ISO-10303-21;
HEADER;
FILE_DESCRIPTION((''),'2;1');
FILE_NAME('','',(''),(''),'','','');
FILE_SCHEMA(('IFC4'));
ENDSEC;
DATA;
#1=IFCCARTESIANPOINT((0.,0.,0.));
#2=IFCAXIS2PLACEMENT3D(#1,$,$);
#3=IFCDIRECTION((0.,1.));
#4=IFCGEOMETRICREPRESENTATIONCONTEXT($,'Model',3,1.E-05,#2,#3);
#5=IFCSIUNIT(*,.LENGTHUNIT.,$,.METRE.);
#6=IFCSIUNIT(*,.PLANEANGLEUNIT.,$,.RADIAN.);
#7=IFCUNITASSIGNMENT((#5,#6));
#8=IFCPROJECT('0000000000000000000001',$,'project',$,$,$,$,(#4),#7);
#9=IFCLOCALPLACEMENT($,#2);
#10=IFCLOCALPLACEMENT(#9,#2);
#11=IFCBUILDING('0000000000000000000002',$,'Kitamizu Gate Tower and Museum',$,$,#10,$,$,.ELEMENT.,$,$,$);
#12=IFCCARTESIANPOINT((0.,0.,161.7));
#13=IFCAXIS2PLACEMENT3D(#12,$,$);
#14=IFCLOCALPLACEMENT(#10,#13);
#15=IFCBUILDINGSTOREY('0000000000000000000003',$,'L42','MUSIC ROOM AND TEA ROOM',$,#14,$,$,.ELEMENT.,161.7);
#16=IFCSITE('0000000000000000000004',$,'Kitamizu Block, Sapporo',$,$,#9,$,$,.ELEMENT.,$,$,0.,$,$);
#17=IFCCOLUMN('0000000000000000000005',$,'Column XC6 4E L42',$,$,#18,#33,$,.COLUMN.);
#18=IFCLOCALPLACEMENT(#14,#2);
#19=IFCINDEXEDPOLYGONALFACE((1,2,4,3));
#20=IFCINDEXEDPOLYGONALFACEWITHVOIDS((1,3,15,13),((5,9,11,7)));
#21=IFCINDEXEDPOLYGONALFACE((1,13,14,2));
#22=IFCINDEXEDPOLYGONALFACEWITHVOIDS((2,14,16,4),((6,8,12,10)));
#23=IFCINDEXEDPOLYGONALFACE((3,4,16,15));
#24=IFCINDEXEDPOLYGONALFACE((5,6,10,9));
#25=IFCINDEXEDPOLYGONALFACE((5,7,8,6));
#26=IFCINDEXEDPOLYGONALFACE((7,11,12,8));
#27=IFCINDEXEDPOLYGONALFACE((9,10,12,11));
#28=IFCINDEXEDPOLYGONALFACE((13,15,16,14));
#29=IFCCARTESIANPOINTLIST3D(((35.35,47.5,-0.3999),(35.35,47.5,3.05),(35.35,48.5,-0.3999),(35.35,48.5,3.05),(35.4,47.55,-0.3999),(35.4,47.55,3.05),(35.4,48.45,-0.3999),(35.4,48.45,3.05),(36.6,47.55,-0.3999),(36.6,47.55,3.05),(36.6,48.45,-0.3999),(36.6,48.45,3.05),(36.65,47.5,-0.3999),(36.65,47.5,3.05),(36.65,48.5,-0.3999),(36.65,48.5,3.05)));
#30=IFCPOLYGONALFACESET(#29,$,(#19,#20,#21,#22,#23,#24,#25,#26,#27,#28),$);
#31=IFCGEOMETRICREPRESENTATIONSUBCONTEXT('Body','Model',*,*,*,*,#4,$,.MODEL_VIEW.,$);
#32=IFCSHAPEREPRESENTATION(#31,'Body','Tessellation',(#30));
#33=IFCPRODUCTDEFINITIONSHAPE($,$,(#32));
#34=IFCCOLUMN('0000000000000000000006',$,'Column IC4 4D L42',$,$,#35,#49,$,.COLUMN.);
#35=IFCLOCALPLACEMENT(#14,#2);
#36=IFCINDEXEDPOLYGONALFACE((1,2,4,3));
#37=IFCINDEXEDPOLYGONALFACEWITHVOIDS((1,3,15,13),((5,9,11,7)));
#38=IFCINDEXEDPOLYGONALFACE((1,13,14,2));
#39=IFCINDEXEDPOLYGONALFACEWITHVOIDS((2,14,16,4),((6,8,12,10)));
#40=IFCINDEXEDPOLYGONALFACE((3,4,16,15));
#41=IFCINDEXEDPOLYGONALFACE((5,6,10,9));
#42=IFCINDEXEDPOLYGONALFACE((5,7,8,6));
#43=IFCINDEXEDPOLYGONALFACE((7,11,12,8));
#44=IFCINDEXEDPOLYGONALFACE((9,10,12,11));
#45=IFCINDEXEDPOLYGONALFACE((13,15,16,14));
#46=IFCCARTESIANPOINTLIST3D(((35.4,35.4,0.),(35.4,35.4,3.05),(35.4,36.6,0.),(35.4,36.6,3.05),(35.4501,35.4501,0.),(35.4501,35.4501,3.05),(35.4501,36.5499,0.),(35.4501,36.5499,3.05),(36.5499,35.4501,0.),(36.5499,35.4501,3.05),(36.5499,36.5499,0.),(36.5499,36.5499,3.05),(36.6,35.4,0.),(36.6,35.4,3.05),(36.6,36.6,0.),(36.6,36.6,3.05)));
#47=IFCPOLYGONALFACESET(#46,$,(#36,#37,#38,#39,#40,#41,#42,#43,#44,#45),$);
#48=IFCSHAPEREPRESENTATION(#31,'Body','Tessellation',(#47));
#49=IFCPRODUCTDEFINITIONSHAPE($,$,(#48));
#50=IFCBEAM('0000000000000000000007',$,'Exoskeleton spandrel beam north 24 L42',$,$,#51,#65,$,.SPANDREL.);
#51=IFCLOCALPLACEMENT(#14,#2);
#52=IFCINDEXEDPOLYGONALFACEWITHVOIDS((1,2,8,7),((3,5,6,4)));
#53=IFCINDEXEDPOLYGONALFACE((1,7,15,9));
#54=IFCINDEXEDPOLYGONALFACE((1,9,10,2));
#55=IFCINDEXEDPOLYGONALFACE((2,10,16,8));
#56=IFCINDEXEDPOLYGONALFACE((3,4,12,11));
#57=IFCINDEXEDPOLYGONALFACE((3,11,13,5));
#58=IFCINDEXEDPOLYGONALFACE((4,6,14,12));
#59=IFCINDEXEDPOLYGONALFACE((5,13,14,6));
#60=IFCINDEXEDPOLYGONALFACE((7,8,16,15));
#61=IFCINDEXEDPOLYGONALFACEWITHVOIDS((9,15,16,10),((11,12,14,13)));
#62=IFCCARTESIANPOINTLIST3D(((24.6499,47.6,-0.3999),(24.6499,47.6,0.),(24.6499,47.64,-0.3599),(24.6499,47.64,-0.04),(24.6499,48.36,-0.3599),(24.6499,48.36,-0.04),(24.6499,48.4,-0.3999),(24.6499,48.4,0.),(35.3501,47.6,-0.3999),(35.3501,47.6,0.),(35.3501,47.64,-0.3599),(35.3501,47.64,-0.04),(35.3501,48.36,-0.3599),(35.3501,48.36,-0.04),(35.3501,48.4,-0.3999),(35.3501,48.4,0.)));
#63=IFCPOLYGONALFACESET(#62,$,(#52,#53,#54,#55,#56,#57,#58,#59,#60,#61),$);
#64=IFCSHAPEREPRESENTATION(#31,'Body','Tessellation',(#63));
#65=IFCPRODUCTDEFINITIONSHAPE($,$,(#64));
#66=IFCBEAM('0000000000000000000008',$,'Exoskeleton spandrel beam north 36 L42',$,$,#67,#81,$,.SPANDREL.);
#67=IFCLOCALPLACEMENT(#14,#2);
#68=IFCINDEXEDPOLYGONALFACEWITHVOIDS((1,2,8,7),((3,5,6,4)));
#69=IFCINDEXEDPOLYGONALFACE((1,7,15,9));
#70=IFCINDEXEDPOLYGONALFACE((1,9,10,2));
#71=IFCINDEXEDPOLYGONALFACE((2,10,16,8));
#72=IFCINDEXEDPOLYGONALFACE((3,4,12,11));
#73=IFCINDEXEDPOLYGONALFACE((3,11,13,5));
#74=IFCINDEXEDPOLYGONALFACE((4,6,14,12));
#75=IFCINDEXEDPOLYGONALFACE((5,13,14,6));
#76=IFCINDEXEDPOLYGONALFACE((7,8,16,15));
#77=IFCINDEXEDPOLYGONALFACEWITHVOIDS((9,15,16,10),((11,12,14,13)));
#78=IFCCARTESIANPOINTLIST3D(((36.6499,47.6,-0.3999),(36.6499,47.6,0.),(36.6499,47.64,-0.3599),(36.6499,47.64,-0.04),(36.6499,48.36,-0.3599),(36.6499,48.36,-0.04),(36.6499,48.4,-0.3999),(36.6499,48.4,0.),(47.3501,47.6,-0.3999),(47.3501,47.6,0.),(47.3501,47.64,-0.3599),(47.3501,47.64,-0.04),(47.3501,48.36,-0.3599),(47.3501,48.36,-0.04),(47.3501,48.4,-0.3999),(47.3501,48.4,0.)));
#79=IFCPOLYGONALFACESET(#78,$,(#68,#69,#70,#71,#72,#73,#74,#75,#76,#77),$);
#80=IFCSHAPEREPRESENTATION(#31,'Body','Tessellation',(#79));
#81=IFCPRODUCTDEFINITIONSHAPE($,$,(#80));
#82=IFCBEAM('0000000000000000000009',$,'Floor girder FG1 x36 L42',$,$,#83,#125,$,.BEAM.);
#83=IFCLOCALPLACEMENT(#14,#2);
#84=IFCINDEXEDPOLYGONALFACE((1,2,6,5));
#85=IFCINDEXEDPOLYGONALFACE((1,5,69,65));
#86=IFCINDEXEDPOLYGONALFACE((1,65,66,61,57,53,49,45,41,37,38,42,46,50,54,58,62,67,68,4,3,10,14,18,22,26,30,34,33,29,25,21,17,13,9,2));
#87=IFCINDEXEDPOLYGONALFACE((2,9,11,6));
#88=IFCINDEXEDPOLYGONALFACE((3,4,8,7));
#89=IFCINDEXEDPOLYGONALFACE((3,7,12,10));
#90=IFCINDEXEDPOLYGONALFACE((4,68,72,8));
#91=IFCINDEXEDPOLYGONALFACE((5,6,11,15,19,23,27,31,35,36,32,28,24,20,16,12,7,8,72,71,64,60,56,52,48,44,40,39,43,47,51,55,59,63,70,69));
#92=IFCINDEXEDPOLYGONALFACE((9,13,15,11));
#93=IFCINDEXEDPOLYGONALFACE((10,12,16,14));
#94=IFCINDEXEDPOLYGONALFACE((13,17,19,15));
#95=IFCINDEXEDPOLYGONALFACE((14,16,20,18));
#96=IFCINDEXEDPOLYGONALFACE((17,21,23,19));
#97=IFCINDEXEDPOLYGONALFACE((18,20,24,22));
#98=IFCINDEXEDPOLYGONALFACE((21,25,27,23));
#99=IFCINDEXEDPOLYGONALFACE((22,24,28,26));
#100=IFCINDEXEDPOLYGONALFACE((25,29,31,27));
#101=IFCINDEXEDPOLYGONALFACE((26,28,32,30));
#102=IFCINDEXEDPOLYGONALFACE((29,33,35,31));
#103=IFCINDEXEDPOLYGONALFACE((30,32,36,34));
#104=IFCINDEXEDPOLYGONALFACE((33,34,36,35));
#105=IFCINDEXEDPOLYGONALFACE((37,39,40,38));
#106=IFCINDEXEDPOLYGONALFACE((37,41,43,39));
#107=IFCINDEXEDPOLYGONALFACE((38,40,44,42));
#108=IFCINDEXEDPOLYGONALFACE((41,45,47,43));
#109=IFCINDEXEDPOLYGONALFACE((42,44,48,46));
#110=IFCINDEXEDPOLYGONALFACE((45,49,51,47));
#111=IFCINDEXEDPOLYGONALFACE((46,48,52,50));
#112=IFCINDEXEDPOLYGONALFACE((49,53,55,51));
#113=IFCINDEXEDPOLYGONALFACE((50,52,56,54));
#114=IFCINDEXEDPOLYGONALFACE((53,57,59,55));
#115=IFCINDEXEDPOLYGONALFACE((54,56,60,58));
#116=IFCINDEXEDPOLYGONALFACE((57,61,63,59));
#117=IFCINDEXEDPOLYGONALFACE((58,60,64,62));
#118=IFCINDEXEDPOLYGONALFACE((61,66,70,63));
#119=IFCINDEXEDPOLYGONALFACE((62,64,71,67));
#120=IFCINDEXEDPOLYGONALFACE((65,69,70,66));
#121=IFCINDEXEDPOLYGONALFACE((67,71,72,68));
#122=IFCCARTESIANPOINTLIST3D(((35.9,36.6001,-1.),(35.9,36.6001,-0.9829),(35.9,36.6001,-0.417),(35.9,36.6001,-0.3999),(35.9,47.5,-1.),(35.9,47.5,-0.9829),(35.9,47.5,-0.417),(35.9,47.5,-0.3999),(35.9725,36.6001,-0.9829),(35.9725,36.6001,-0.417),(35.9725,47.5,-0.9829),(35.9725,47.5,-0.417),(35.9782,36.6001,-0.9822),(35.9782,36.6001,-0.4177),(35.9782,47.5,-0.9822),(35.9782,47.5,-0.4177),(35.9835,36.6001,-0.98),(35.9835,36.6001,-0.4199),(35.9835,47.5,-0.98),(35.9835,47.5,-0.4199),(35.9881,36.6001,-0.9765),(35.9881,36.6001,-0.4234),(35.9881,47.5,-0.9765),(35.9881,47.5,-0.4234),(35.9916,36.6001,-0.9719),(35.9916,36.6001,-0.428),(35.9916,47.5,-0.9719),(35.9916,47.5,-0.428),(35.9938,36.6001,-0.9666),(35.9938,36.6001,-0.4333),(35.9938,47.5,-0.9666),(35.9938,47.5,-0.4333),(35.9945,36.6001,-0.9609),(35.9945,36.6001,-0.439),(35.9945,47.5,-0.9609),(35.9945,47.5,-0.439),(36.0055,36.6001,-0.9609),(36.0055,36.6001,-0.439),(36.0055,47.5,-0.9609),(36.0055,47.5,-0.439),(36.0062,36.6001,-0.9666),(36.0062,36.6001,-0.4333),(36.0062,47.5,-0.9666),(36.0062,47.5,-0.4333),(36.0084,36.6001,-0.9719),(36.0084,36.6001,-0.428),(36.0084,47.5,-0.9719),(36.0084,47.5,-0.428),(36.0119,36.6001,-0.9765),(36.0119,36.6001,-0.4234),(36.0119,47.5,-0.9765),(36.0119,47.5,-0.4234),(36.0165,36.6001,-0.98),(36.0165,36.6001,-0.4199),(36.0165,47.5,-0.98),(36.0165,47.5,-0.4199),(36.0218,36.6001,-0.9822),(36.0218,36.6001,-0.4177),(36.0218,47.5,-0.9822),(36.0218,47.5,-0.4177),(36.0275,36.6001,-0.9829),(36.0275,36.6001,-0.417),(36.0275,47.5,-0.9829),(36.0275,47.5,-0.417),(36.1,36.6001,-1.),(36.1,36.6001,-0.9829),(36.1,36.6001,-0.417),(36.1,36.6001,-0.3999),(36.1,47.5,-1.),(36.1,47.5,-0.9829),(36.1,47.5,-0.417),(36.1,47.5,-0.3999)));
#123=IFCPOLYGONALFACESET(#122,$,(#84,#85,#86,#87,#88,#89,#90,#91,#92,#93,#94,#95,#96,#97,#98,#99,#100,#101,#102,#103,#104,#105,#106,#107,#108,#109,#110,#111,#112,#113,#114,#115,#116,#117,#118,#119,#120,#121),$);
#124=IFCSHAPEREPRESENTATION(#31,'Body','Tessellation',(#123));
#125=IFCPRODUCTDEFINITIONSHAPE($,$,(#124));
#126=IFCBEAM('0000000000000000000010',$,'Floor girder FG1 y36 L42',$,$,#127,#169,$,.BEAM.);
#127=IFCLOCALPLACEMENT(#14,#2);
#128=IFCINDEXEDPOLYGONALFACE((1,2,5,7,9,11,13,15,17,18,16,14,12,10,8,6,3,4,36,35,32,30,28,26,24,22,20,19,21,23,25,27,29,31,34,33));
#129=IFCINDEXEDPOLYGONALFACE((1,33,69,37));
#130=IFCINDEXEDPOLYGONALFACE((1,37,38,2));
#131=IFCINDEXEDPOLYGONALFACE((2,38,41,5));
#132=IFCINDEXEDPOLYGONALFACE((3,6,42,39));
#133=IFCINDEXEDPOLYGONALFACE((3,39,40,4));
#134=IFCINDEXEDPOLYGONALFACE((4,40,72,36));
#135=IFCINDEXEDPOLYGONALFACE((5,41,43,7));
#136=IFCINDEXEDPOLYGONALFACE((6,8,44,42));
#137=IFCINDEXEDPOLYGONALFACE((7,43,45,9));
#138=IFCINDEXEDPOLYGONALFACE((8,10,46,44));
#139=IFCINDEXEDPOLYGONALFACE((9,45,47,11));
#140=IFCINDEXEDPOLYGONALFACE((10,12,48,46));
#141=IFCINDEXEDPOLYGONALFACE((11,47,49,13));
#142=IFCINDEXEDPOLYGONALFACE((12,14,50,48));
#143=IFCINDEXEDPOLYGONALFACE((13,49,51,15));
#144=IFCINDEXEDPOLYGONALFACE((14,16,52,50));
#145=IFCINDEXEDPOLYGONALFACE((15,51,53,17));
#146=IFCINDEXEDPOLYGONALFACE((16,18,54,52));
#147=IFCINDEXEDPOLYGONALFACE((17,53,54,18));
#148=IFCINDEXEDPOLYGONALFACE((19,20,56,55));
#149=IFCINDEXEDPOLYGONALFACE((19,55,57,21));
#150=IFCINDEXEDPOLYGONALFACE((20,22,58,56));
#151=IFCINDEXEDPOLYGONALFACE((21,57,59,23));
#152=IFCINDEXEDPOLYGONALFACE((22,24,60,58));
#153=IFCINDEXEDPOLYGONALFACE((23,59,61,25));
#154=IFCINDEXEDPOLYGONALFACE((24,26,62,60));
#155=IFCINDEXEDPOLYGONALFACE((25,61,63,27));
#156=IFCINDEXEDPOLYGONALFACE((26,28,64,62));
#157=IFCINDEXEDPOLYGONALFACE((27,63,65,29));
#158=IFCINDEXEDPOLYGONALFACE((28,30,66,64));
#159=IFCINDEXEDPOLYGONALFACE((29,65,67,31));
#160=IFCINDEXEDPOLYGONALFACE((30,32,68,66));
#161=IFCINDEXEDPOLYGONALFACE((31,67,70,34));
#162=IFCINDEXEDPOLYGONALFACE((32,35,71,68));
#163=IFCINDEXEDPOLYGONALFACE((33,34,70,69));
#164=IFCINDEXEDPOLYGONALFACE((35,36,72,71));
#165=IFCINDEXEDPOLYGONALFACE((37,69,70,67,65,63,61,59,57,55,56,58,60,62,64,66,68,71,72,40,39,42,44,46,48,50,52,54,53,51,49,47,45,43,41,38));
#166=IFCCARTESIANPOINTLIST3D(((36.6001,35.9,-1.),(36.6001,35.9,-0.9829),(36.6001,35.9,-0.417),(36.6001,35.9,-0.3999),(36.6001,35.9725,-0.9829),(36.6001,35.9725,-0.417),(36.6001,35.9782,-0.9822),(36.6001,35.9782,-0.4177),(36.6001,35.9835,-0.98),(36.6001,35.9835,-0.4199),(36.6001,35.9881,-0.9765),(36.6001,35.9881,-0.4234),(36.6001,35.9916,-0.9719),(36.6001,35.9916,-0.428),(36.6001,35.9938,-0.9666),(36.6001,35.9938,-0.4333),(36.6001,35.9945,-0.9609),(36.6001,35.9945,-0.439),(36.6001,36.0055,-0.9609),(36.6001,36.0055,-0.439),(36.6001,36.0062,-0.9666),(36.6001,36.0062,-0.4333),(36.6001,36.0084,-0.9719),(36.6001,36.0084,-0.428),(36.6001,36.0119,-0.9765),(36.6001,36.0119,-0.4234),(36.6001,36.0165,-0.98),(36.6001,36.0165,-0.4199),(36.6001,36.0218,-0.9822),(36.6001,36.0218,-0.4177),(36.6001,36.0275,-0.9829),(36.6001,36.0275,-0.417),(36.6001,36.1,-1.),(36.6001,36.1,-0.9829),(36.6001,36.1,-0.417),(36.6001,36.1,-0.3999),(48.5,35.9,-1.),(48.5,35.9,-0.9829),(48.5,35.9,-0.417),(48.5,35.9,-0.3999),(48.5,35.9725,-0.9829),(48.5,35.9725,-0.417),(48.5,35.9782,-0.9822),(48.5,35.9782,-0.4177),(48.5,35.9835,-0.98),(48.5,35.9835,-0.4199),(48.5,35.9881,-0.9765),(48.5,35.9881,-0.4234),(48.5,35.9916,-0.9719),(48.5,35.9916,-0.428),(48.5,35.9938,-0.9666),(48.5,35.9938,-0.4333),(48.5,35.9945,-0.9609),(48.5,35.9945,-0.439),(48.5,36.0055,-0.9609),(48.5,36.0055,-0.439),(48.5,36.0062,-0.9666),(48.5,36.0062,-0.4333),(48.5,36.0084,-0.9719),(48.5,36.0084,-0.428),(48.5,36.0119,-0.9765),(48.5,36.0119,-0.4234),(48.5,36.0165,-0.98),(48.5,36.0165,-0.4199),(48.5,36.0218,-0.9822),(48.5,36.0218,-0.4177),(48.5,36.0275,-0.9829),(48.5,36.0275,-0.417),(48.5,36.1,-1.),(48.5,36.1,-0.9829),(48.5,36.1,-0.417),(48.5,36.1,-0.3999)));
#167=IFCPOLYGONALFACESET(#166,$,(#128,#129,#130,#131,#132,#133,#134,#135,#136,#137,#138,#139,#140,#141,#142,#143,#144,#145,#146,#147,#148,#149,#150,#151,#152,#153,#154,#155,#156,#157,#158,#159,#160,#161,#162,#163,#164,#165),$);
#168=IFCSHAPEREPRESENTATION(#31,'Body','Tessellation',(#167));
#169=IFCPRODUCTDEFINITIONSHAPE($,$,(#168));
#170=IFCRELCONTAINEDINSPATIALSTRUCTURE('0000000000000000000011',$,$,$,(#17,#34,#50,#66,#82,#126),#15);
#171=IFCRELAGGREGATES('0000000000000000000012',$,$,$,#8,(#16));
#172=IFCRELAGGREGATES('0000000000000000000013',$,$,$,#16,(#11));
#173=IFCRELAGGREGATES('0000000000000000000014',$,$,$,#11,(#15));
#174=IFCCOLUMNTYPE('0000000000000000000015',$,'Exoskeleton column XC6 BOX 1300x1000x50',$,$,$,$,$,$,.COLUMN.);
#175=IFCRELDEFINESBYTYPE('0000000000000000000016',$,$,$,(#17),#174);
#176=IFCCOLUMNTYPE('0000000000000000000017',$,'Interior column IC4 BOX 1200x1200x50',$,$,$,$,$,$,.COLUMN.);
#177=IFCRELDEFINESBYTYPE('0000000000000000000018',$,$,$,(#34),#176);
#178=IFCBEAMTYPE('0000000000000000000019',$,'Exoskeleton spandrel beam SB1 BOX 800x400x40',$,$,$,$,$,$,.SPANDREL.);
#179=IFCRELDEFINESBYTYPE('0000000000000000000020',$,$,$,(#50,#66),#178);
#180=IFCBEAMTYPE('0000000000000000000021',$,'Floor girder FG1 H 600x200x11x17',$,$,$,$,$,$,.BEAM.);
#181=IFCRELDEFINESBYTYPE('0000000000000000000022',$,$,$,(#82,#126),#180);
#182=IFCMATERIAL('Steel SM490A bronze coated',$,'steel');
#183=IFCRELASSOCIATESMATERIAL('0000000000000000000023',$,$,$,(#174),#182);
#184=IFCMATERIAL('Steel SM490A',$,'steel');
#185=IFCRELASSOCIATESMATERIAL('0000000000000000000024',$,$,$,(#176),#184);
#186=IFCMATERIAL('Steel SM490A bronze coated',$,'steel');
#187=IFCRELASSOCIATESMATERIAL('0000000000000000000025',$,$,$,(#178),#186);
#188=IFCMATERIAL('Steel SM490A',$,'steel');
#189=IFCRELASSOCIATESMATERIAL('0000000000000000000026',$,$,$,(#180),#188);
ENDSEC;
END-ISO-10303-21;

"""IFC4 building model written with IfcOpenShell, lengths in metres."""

from ifc_helpers import new_model, si_unit, direction, frame, origin, origin_2d, place, context, subcontext, project, spatial, hollow_rectangle, i_section, extrude, material, material_profile, profile_set, type_object, element, save


model = new_model("IFC4")

# Units and contexts
model_context = context("Model", 3, precision=1e-05, world=origin(), true_north=direction((0.0, 1.0)))
body_context = subcontext(model_context, "Body", "Model", "MODEL_VIEW")
ifc_project = project(units=[si_unit("LENGTHUNIT", "METRE"), si_unit("PLANEANGLEUNIT", "RADIAN")], contexts=[model_context])

# Site, building, storey
site_placement = place(None, origin())
site = spatial("IfcSite", under=ifc_project, at=site_placement, Name="Kitamizu Block, Sapporo", CompositionType="ELEMENT", RefElevation=0.0)
building_placement = place(site_placement, origin())
building = spatial("IfcBuilding", under=site, at=building_placement, Name="Kitamizu Gate Tower and Museum", CompositionType="ELEMENT")
storey_placement = place(building_placement, frame((0.0, 0.0, 161.7)))
storey = spatial("IfcBuildingStorey", under=building, at=storey_placement, Name="L42", Description="MUSIC ROOM AND TEA ROOM", CompositionType="ELEMENT", Elevation=161.7)

# Columns
ifc_material_1 = material(Name="Steel SM490A bronze coated", Category="steel")
ifc_material_profile_1 = material_profile(ifc_material_1, hollow_rectangle(XDim=1.3, YDim=1.0, WallThickness=0.05, at=origin_2d()), Name="BOX 1300x1000x50")
ifc_profile_set_1 = profile_set([ifc_material_profile_1], Name="Steel SM490A bronze coated")
column_type_1 = type_object("IfcColumnType", Name="Exoskeleton column XC6 BOX 1300x1000x50", PredefinedType="COLUMN", material=ifc_profile_set_1)
column_1_placement = place(storey_placement, frame((36.0, 48.0, -0.3999), z_axis=(0.0, 0.0, 1.0), x_axis=(1.0, 0.0, 0.0)))
element("IfcColumn", 1, at=column_1_placement, inside=storey, type_object=column_type_1, Name="Column XC6 4E L42", PredefinedType="COLUMN", context=body_context, shape_type="SweptSolid", body=[
    extrude(hollow_rectangle(XDim=1.3, YDim=1.0, WallThickness=0.05, at=origin_2d()), origin(), (0.0, 0.0, 1.0), 3.45),
])
ifc_material_2 = material(Name="Steel SM490A", Category="steel")
ifc_material_profile_2 = material_profile(ifc_material_2, hollow_rectangle(XDim=1.2, YDim=1.2, WallThickness=0.05, at=origin_2d()), Name="BOX 1200x1200x50")
ifc_profile_set_2 = profile_set([ifc_material_profile_2], Name="Steel SM490A")
column_type_2 = type_object("IfcColumnType", Name="Interior column IC4 BOX 1200x1200x50", PredefinedType="COLUMN", material=ifc_profile_set_2)
column_2_placement = place(storey_placement, frame((36.0, 36.0, 0.0), z_axis=(0.0, 0.0, 1.0), x_axis=(1.0, 0.0, 0.0)))
element("IfcColumn", 2, at=column_2_placement, inside=storey, type_object=column_type_2, Name="Column IC4 4D L42", PredefinedType="COLUMN", context=body_context, shape_type="SweptSolid", body=[
    extrude(hollow_rectangle(XDim=1.2, YDim=1.2, WallThickness=0.05, at=origin_2d()), origin(), (0.0, 0.0, 1.0), 3.05),
])

# Beams
ifc_material_3 = material(Name="Steel SM490A bronze coated", Category="steel")
ifc_material_profile_3 = material_profile(ifc_material_3, hollow_rectangle(XDim=0.8, YDim=0.3999, WallThickness=0.04, at=origin_2d()), Name="BOX 800x400x40")
ifc_profile_set_3 = profile_set([ifc_material_profile_3], Name="Steel SM490A bronze coated")
beam_type_1 = type_object("IfcBeamType", Name="Exoskeleton spandrel beam SB1 BOX 800x400x40", PredefinedType="SPANDREL", material=ifc_profile_set_3)
for number, where, z_axis, x_axis, name in (
    (3, (24.6499, 48.0, -0.2), (1.0, 0.0, 0.0), (0.0, 1.0, 0.0), "Exoskeleton spandrel beam north 24 L42"),
    (4, (36.6499, 48.0, -0.2), (1.0, 0.0, 0.0), (0.0, 1.0, 0.0), "Exoskeleton spandrel beam north 36 L42"),
):
    element("IfcBeam", number, at=place(storey_placement, frame(where, z_axis=z_axis, x_axis=x_axis)), inside=storey, type_object=beam_type_1, Name=name, PredefinedType="SPANDREL", context=body_context, shape_type="SweptSolid", body=[
        extrude(hollow_rectangle(XDim=0.8, YDim=0.3999, WallThickness=0.04, at=origin_2d()), origin(), (0.0, 0.0, 1.0), 10.7002),
    ])
ifc_material_4 = material(Name="Steel SM490A", Category="steel")
ifc_material_profile_4 = material_profile(ifc_material_4, i_section(OverallWidth=0.2, OverallDepth=0.6001, WebThickness=0.011, FlangeThickness=0.0171, FilletRadius=0.022, at=origin_2d()), Name="H-600x200x11x17")
ifc_profile_set_4 = profile_set([ifc_material_profile_4], Name="Steel SM490A")
beam_type_2 = type_object("IfcBeamType", Name="Floor girder FG1 H 600x200x11x17", PredefinedType="BEAM", material=ifc_profile_set_4)
beam_1_placement = place(storey_placement, frame((36.0, 36.6001, -0.7), z_axis=(0.0, 1.0, 0.0), x_axis=(-1.0, 0.0, 0.0)))
element("IfcBeam", 5, at=beam_1_placement, inside=storey, type_object=beam_type_2, Name="Floor girder FG1 x36 L42", PredefinedType="BEAM", context=body_context, shape_type="SweptSolid", body=[
    extrude(i_section(OverallWidth=0.2, OverallDepth=0.6001, WebThickness=0.011, FlangeThickness=0.0171, FilletRadius=0.022, at=origin_2d()), origin(), (0.0, 0.0, 1.0), 10.8999),
])
beam_2_placement = place(storey_placement, frame((36.6001, 36.0, -0.7), z_axis=(1.0, 0.0, 0.0), x_axis=(0.0, 1.0, 0.0)))
element("IfcBeam", 6, at=beam_2_placement, inside=storey, type_object=beam_type_2, Name="Floor girder FG1 y36 L42", PredefinedType="BEAM", context=body_context, shape_type="SweptSolid", body=[
    extrude(i_section(OverallWidth=0.2, OverallDepth=0.6001, WebThickness=0.011, FlangeThickness=0.0171, FilletRadius=0.022, at=origin_2d()), origin(), (0.0, 0.0, 1.0), 11.8999),
])

save(model, "model.ifc")
